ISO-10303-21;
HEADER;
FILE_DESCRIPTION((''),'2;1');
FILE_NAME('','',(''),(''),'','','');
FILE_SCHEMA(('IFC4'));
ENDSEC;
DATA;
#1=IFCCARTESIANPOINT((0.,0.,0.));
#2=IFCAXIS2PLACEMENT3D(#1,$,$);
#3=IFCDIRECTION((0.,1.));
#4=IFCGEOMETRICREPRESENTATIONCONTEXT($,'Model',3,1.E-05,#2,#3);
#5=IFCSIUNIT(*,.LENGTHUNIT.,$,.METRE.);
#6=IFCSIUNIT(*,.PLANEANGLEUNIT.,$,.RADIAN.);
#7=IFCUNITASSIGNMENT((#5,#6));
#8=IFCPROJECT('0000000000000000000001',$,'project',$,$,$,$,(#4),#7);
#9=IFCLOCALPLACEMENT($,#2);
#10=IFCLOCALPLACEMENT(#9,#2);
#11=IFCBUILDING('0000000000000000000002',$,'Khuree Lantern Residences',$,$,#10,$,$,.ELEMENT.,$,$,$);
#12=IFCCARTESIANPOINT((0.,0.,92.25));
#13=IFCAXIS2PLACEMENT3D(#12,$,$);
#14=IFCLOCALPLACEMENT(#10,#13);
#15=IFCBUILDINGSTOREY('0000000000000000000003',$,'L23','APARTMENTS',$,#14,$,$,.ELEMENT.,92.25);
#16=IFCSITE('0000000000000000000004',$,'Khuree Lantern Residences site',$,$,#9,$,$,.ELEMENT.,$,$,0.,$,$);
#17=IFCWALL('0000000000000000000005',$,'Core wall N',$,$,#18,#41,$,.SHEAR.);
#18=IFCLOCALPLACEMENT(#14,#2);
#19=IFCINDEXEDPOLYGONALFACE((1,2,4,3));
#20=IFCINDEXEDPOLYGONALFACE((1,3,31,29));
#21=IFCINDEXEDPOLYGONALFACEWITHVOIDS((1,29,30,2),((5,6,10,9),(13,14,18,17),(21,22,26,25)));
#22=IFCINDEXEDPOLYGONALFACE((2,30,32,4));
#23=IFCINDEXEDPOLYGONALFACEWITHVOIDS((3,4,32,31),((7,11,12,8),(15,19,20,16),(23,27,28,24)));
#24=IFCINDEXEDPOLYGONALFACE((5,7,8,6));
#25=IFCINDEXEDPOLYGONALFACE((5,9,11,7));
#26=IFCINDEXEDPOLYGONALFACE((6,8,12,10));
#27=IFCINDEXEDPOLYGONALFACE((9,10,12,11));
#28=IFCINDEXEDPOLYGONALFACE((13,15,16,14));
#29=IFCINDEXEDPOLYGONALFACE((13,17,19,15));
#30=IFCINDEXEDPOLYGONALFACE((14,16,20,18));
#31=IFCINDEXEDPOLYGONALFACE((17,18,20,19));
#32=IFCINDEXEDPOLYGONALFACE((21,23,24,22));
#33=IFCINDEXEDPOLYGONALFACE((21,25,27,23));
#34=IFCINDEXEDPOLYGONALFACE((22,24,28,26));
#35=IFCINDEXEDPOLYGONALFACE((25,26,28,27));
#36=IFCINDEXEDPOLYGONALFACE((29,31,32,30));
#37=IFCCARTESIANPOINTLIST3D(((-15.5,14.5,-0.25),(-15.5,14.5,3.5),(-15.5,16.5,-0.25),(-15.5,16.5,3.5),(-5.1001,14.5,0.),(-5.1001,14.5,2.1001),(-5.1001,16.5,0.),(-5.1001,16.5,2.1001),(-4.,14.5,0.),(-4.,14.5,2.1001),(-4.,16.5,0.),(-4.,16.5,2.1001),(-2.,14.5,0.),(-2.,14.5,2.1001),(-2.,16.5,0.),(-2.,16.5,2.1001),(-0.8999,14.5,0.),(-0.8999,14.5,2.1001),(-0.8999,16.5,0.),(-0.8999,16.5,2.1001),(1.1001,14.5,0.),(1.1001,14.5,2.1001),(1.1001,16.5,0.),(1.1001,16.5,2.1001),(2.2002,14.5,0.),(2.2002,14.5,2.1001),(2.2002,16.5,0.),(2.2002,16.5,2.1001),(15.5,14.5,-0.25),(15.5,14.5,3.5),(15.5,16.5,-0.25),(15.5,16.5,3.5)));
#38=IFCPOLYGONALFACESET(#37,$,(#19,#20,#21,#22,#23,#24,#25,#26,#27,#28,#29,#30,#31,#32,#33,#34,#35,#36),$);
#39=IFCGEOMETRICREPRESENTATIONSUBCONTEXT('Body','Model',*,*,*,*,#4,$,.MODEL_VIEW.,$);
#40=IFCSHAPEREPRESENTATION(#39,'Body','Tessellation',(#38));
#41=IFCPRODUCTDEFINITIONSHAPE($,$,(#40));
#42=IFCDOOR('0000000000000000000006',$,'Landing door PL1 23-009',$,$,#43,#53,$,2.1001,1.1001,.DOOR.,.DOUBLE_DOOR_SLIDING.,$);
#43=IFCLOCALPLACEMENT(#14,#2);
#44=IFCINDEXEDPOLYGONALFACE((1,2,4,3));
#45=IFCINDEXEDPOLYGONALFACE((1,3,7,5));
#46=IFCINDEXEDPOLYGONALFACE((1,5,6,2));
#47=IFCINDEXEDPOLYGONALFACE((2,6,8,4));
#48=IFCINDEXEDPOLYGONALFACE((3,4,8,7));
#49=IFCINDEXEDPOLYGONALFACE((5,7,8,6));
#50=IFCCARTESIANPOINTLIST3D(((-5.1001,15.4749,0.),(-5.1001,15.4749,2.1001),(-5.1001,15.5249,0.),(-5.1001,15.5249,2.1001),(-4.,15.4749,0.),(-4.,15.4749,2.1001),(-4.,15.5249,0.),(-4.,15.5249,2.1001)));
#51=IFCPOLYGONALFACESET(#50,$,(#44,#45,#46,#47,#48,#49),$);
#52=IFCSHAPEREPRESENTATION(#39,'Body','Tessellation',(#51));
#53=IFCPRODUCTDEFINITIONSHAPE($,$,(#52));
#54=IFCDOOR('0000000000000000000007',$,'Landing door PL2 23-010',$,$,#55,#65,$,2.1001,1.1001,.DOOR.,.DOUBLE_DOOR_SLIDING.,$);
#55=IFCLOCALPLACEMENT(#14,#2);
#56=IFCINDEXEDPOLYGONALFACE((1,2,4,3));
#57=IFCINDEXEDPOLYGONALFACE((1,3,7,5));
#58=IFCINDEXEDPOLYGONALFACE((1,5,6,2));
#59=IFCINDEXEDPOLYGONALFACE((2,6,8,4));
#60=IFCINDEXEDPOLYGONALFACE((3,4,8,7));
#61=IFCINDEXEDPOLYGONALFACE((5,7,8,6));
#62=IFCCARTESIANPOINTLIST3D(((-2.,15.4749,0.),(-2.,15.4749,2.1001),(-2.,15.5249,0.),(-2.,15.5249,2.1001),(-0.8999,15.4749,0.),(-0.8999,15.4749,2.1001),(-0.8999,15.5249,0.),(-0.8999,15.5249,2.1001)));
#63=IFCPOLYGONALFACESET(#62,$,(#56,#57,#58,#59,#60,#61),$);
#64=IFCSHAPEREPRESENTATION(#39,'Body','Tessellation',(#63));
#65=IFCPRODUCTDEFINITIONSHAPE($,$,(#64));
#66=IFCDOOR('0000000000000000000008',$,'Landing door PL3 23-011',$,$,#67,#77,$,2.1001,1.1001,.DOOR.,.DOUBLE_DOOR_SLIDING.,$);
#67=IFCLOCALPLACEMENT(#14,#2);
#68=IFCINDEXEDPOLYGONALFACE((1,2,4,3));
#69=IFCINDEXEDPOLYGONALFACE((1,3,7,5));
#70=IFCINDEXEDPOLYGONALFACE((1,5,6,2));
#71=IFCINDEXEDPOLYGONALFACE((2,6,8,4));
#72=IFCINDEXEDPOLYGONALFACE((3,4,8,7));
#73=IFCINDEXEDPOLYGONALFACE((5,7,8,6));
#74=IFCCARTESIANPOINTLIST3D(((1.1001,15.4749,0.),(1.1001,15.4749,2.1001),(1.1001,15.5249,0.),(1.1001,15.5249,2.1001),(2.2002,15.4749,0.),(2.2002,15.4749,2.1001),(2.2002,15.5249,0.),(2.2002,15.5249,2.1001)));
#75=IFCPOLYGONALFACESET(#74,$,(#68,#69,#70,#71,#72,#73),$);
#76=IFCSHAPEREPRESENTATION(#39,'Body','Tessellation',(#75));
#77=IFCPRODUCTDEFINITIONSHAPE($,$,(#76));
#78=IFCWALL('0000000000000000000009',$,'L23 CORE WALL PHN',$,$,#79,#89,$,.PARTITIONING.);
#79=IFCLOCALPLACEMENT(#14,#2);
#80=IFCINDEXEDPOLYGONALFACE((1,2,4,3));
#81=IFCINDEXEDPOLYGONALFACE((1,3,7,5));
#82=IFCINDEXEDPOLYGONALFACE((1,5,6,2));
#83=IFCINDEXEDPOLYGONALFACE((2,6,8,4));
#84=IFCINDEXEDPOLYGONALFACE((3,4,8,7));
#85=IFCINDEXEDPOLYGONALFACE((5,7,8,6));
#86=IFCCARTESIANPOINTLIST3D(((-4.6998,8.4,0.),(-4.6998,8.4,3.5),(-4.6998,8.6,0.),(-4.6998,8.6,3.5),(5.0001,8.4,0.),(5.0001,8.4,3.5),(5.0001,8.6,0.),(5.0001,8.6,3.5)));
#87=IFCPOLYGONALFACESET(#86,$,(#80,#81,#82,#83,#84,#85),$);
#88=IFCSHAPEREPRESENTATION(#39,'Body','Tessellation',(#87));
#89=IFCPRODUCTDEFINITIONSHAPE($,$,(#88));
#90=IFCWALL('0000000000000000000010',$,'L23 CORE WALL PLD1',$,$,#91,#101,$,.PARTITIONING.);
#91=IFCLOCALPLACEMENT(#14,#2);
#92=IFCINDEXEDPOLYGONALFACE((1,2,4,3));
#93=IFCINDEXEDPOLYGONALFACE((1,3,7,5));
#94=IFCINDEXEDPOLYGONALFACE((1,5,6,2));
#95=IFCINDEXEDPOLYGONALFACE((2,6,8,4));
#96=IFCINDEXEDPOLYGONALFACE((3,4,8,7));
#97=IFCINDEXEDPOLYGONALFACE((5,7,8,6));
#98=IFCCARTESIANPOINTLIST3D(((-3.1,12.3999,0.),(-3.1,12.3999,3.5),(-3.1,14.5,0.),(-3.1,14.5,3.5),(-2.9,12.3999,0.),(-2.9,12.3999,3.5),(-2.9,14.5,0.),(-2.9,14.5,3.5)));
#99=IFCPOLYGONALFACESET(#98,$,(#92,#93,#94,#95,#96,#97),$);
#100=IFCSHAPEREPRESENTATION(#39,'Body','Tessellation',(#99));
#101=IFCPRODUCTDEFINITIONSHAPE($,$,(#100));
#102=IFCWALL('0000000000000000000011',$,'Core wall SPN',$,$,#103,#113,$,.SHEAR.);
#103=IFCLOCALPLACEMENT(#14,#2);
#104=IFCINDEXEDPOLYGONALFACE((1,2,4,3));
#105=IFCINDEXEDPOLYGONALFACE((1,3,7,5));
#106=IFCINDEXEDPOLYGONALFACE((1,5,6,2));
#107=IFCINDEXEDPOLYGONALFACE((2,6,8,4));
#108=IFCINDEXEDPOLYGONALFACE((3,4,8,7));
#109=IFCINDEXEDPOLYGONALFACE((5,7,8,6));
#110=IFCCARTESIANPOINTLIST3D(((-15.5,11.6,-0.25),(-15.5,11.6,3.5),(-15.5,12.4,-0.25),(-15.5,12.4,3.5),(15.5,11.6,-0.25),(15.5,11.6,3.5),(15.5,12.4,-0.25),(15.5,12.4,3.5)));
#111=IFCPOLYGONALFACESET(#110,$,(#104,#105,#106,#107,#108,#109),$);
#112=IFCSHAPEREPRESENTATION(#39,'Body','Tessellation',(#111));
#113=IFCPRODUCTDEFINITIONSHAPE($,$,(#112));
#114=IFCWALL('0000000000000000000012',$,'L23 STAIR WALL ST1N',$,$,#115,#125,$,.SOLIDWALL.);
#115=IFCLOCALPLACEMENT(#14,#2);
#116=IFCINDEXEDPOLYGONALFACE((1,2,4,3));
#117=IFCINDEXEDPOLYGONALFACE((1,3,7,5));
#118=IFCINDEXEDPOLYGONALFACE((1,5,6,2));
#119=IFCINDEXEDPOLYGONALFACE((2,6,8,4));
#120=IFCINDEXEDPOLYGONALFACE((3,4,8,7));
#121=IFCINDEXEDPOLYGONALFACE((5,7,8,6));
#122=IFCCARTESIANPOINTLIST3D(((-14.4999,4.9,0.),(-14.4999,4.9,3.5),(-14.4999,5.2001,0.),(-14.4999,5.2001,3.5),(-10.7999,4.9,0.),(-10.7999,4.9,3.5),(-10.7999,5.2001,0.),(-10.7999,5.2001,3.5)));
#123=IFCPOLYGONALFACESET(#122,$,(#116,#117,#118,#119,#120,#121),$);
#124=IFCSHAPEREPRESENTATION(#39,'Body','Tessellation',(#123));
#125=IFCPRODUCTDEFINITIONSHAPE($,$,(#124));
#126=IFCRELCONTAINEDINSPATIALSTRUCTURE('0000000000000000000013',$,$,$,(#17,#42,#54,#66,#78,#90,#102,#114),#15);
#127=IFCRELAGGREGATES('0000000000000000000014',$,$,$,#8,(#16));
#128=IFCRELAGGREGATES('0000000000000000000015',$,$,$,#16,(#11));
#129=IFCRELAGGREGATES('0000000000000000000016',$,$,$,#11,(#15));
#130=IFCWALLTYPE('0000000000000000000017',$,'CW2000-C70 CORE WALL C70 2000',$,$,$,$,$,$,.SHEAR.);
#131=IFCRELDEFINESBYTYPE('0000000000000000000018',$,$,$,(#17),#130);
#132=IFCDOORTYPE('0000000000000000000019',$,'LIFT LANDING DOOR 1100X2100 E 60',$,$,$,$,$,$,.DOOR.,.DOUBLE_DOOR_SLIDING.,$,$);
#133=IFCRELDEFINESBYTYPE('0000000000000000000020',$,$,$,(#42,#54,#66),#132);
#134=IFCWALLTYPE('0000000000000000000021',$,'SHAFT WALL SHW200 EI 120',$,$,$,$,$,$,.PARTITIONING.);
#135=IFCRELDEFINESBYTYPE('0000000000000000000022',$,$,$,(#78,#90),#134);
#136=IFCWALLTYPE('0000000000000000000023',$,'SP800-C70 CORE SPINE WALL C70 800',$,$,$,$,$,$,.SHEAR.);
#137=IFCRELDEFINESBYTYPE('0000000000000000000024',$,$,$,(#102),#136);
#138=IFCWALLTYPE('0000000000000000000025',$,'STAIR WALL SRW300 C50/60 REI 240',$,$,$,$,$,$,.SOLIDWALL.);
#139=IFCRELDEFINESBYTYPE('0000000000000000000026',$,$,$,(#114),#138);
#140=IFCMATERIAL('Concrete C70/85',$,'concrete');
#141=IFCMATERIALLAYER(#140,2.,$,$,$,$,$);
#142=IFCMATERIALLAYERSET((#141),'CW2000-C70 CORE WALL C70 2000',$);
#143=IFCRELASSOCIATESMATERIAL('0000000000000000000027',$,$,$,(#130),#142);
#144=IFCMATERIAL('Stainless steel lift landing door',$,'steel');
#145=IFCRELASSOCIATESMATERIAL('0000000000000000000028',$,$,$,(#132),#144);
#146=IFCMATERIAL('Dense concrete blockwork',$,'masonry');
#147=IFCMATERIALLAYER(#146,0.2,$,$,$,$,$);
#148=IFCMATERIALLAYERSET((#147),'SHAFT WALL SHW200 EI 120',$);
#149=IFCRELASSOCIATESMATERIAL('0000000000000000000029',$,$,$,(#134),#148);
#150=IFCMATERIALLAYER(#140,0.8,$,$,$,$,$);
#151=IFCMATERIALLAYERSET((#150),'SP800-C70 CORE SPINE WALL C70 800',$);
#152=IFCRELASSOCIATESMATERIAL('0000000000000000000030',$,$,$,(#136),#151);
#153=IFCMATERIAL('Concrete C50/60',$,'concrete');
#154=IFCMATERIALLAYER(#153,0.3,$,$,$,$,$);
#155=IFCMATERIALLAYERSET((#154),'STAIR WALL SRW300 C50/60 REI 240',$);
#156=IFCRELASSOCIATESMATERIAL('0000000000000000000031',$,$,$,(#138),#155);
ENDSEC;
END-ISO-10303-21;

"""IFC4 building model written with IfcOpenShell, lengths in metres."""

from ifc_helpers import new_model, si_unit, direction, frame, frame_2d, origin, place, context, subcontext, project, spatial, rectangle, extrude, material, layer, layer_set, type_object, element, fill, save


model = new_model("IFC4")

# Units and contexts
model_context = context("Model", 3, precision=1e-05, world=origin(), true_north=direction((0.0, 1.0)))
body_context = subcontext(model_context, "Body", "Model", "MODEL_VIEW")
ifc_project = project(units=[si_unit("LENGTHUNIT", "METRE"), si_unit("PLANEANGLEUNIT", "RADIAN")], contexts=[model_context])

# Site, building, storey
site_placement = place(None, origin())
site = spatial("IfcSite", under=ifc_project, at=site_placement, Name="Khuree Lantern Residences site", CompositionType="ELEMENT", RefElevation=0.0)
building_placement = place(site_placement, origin())
building = spatial("IfcBuilding", under=site, at=building_placement, Name="Khuree Lantern Residences", CompositionType="ELEMENT")
storey_placement = place(building_placement, frame((0.0, 0.0, 92.25)))
storey = spatial("IfcBuildingStorey", under=building, at=storey_placement, Name="L23", Description="APARTMENTS", CompositionType="ELEMENT", Elevation=92.25)

# Shared definitions
ifc_material_1 = material(Name="Dense concrete blockwork", Category="masonry")

# Wall, openings, doors
ifc_material_2 = material(Name="Concrete C70/85", Category="concrete")
ifc_layer_1 = layer(ifc_material_2, 2.0)
ifc_layer_set_1 = layer_set([ifc_layer_1], Name="CW2000-C70 CORE WALL C70 2000")
wall_type_1 = type_object("IfcWallType", Name="CW2000-C70 CORE WALL C70 2000", PredefinedType="SHEAR", material=ifc_layer_set_1)
wall_1_placement = place(storey_placement, frame((-15.5, 15.5, -0.25), z_axis=(0.0, 0.0, 1.0), x_axis=(1.0, 0.0, 0.0)))
wall_1 = element("IfcWall", 1, at=wall_1_placement, inside=storey, type_object=wall_type_1, Name="Core wall N", PredefinedType="SHEAR", context=body_context, shape_type="SweptSolid", body=[
    extrude(rectangle(XDim=31.0, YDim=2.0, at=frame_2d((15.5, 0.0))), origin(), (0.0, 0.0, 1.0), 3.75),
])
opening_1_placement = place(wall_1_placement, frame((10.3999, 0.0, 0.25)))
opening_1 = element("IfcOpeningElement", 2, at=opening_1_placement, cuts=wall_1, PredefinedType="OPENING", context=body_context, shape_type="SweptSolid", body=[
    extrude(rectangle(XDim=1.1001, YDim=2.1001, at=frame_2d((0.55, 1.05))), frame((0.0, 1.01, 0.0), z_axis=(0.0, -1.0, 0.0), x_axis=(1.0, 0.0, 0.0)), (0.0, 0.0, 1.0), 2.02),
])
opening_2_placement = place(wall_1_placement, frame((13.5, 0.0, 0.25)))
opening_2 = element("IfcOpeningElement", 3, at=opening_2_placement, cuts=wall_1, PredefinedType="OPENING", context=body_context, shape_type="SweptSolid", body=[
    extrude(rectangle(XDim=1.1001, YDim=2.1001, at=frame_2d((0.55, 1.05))), frame((0.0, 1.01, 0.0), z_axis=(0.0, -1.0, 0.0), x_axis=(1.0, 0.0, 0.0)), (0.0, 0.0, 1.0), 2.02),
])
opening_3_placement = place(wall_1_placement, frame((16.6001, 0.0, 0.25)))
opening_3 = element("IfcOpeningElement", 4, at=opening_3_placement, cuts=wall_1, PredefinedType="OPENING", context=body_context, shape_type="SweptSolid", body=[
    extrude(rectangle(XDim=1.1001, YDim=2.1001, at=frame_2d((0.55, 1.05))), frame((0.0, 1.01, 0.0), z_axis=(0.0, -1.0, 0.0), x_axis=(1.0, 0.0, 0.0)), (0.0, 0.0, 1.0), 2.02),
])
ifc_material_3 = material(Name="Stainless steel lift landing door", Category="steel")
door_type_1 = type_object("IfcDoorType", Name="LIFT LANDING DOOR 1100X2100 E 60", OperationType="DOUBLE_DOOR_SLIDING", PredefinedType="DOOR", material=ifc_material_3)
door_1_placement = place(opening_1_placement, origin())
door_1 = element("IfcDoor", 5, at=door_1_placement, inside=storey, type_object=door_type_1, Name="Landing door PL1 23-009", OperationType="DOUBLE_DOOR_SLIDING", OverallHeight=2.1001, OverallWidth=1.1001, PredefinedType="DOOR", context=body_context, shape_type="SweptSolid", body=[
    extrude(rectangle(XDim=1.1001, YDim=2.1001, at=frame_2d((0.55, 1.05))), frame((0.0, 0.0249, 0.0), z_axis=(0.0, -1.0, 0.0), x_axis=(1.0, 0.0, 0.0)), (0.0, 0.0, 1.0), 0.05),
])
fill(opening_1, door_1)
door_2_placement = place(opening_2_placement, origin())
door_2 = element("IfcDoor", 6, at=door_2_placement, inside=storey, type_object=door_type_1, Name="Landing door PL2 23-010", OperationType="DOUBLE_DOOR_SLIDING", OverallHeight=2.1001, OverallWidth=1.1001, PredefinedType="DOOR", context=body_context, shape_type="SweptSolid", body=[
    extrude(rectangle(XDim=1.1001, YDim=2.1001, at=frame_2d((0.55, 1.05))), frame((0.0, 0.0249, 0.0), z_axis=(0.0, -1.0, 0.0), x_axis=(1.0, 0.0, 0.0)), (0.0, 0.0, 1.0), 0.05),
])
fill(opening_2, door_2)
door_3_placement = place(opening_3_placement, origin())
door_3 = element("IfcDoor", 7, at=door_3_placement, inside=storey, type_object=door_type_1, Name="Landing door PL3 23-011", OperationType="DOUBLE_DOOR_SLIDING", OverallHeight=2.1001, OverallWidth=1.1001, PredefinedType="DOOR", context=body_context, shape_type="SweptSolid", body=[
    extrude(rectangle(XDim=1.1001, YDim=2.1001, at=frame_2d((0.55, 1.05))), frame((0.0, 0.0249, 0.0), z_axis=(0.0, -1.0, 0.0), x_axis=(1.0, 0.0, 0.0)), (0.0, 0.0, 1.0), 0.05),
])
fill(opening_3, door_3)

# Walls
ifc_layer_2 = layer(ifc_material_1, 0.2)
ifc_layer_set_2 = layer_set([ifc_layer_2], Name="SHAFT WALL SHW200 EI 120")
wall_type_2 = type_object("IfcWallType", Name="SHAFT WALL SHW200 EI 120", PredefinedType="PARTITIONING", material=ifc_layer_set_2)
wall_2_placement = place(storey_placement, frame((-4.7, 8.5, 0.0), z_axis=(0.0, 0.0, 1.0), x_axis=(1.0, 0.0, 0.0)))
element("IfcWall", 8, at=wall_2_placement, inside=storey, type_object=wall_type_2, Name="L23 CORE WALL PHN", PredefinedType="PARTITIONING", context=body_context, shape_type="SweptSolid", body=[
    extrude(rectangle(XDim=9.7, YDim=0.2, at=frame_2d((4.8501, 0.0))), origin(), (0.0, 0.0, 1.0), 3.5),
])
wall_3_placement = place(storey_placement, frame((-3.0, 12.3999, 0.0), z_axis=(0.0, 0.0, 1.0), x_axis=(0.0, 1.0, 0.0)))
element("IfcWall", 9, at=wall_3_placement, inside=storey, type_object=wall_type_2, Name="L23 CORE WALL PLD1", PredefinedType="PARTITIONING", context=body_context, shape_type="SweptSolid", body=[
    extrude(rectangle(XDim=2.1001, YDim=0.2, at=frame_2d((1.05, 0.0))), origin(), (0.0, 0.0, 1.0), 3.5),
])
ifc_layer_3 = layer(ifc_material_2, 0.8)
ifc_layer_set_3 = layer_set([ifc_layer_3], Name="SP800-C70 CORE SPINE WALL C70 800")
wall_type_3 = type_object("IfcWallType", Name="SP800-C70 CORE SPINE WALL C70 800", PredefinedType="SHEAR", material=ifc_layer_set_3)
wall_4_placement = place(storey_placement, frame((-15.5, 12.0, -0.25), z_axis=(0.0, 0.0, 1.0), x_axis=(1.0, 0.0, 0.0)))
element("IfcWall", 10, at=wall_4_placement, inside=storey, type_object=wall_type_3, Name="Core wall SPN", PredefinedType="SHEAR", context=body_context, shape_type="SweptSolid", body=[
    extrude(rectangle(XDim=31.0, YDim=0.8, at=frame_2d((15.5, 0.0))), origin(), (0.0, 0.0, 1.0), 3.75),
])
ifc_material_4 = material(Name="Concrete C50/60", Category="concrete")
ifc_layer_4 = layer(ifc_material_4, 0.3)
ifc_layer_set_4 = layer_set([ifc_layer_4], Name="STAIR WALL SRW300 C50/60 REI 240")
wall_type_4 = type_object("IfcWallType", Name="STAIR WALL SRW300 C50/60 REI 240", PredefinedType="SOLIDWALL", material=ifc_layer_set_4)
wall_5_placement = place(storey_placement, frame((-14.5, 5.05, 0.0), z_axis=(0.0, 0.0, 1.0), x_axis=(1.0, 0.0, 0.0)))
element("IfcWall", 11, at=wall_5_placement, inside=storey, type_object=wall_type_4, Name="L23 STAIR WALL ST1N", PredefinedType="SOLIDWALL", context=body_context, shape_type="SweptSolid", body=[
    extrude(rectangle(XDim=3.7, YDim=0.3, at=frame_2d((1.8501, 0.0))), origin(), (0.0, 0.0, 1.0), 3.5),
])

save(model, "model.ifc")
